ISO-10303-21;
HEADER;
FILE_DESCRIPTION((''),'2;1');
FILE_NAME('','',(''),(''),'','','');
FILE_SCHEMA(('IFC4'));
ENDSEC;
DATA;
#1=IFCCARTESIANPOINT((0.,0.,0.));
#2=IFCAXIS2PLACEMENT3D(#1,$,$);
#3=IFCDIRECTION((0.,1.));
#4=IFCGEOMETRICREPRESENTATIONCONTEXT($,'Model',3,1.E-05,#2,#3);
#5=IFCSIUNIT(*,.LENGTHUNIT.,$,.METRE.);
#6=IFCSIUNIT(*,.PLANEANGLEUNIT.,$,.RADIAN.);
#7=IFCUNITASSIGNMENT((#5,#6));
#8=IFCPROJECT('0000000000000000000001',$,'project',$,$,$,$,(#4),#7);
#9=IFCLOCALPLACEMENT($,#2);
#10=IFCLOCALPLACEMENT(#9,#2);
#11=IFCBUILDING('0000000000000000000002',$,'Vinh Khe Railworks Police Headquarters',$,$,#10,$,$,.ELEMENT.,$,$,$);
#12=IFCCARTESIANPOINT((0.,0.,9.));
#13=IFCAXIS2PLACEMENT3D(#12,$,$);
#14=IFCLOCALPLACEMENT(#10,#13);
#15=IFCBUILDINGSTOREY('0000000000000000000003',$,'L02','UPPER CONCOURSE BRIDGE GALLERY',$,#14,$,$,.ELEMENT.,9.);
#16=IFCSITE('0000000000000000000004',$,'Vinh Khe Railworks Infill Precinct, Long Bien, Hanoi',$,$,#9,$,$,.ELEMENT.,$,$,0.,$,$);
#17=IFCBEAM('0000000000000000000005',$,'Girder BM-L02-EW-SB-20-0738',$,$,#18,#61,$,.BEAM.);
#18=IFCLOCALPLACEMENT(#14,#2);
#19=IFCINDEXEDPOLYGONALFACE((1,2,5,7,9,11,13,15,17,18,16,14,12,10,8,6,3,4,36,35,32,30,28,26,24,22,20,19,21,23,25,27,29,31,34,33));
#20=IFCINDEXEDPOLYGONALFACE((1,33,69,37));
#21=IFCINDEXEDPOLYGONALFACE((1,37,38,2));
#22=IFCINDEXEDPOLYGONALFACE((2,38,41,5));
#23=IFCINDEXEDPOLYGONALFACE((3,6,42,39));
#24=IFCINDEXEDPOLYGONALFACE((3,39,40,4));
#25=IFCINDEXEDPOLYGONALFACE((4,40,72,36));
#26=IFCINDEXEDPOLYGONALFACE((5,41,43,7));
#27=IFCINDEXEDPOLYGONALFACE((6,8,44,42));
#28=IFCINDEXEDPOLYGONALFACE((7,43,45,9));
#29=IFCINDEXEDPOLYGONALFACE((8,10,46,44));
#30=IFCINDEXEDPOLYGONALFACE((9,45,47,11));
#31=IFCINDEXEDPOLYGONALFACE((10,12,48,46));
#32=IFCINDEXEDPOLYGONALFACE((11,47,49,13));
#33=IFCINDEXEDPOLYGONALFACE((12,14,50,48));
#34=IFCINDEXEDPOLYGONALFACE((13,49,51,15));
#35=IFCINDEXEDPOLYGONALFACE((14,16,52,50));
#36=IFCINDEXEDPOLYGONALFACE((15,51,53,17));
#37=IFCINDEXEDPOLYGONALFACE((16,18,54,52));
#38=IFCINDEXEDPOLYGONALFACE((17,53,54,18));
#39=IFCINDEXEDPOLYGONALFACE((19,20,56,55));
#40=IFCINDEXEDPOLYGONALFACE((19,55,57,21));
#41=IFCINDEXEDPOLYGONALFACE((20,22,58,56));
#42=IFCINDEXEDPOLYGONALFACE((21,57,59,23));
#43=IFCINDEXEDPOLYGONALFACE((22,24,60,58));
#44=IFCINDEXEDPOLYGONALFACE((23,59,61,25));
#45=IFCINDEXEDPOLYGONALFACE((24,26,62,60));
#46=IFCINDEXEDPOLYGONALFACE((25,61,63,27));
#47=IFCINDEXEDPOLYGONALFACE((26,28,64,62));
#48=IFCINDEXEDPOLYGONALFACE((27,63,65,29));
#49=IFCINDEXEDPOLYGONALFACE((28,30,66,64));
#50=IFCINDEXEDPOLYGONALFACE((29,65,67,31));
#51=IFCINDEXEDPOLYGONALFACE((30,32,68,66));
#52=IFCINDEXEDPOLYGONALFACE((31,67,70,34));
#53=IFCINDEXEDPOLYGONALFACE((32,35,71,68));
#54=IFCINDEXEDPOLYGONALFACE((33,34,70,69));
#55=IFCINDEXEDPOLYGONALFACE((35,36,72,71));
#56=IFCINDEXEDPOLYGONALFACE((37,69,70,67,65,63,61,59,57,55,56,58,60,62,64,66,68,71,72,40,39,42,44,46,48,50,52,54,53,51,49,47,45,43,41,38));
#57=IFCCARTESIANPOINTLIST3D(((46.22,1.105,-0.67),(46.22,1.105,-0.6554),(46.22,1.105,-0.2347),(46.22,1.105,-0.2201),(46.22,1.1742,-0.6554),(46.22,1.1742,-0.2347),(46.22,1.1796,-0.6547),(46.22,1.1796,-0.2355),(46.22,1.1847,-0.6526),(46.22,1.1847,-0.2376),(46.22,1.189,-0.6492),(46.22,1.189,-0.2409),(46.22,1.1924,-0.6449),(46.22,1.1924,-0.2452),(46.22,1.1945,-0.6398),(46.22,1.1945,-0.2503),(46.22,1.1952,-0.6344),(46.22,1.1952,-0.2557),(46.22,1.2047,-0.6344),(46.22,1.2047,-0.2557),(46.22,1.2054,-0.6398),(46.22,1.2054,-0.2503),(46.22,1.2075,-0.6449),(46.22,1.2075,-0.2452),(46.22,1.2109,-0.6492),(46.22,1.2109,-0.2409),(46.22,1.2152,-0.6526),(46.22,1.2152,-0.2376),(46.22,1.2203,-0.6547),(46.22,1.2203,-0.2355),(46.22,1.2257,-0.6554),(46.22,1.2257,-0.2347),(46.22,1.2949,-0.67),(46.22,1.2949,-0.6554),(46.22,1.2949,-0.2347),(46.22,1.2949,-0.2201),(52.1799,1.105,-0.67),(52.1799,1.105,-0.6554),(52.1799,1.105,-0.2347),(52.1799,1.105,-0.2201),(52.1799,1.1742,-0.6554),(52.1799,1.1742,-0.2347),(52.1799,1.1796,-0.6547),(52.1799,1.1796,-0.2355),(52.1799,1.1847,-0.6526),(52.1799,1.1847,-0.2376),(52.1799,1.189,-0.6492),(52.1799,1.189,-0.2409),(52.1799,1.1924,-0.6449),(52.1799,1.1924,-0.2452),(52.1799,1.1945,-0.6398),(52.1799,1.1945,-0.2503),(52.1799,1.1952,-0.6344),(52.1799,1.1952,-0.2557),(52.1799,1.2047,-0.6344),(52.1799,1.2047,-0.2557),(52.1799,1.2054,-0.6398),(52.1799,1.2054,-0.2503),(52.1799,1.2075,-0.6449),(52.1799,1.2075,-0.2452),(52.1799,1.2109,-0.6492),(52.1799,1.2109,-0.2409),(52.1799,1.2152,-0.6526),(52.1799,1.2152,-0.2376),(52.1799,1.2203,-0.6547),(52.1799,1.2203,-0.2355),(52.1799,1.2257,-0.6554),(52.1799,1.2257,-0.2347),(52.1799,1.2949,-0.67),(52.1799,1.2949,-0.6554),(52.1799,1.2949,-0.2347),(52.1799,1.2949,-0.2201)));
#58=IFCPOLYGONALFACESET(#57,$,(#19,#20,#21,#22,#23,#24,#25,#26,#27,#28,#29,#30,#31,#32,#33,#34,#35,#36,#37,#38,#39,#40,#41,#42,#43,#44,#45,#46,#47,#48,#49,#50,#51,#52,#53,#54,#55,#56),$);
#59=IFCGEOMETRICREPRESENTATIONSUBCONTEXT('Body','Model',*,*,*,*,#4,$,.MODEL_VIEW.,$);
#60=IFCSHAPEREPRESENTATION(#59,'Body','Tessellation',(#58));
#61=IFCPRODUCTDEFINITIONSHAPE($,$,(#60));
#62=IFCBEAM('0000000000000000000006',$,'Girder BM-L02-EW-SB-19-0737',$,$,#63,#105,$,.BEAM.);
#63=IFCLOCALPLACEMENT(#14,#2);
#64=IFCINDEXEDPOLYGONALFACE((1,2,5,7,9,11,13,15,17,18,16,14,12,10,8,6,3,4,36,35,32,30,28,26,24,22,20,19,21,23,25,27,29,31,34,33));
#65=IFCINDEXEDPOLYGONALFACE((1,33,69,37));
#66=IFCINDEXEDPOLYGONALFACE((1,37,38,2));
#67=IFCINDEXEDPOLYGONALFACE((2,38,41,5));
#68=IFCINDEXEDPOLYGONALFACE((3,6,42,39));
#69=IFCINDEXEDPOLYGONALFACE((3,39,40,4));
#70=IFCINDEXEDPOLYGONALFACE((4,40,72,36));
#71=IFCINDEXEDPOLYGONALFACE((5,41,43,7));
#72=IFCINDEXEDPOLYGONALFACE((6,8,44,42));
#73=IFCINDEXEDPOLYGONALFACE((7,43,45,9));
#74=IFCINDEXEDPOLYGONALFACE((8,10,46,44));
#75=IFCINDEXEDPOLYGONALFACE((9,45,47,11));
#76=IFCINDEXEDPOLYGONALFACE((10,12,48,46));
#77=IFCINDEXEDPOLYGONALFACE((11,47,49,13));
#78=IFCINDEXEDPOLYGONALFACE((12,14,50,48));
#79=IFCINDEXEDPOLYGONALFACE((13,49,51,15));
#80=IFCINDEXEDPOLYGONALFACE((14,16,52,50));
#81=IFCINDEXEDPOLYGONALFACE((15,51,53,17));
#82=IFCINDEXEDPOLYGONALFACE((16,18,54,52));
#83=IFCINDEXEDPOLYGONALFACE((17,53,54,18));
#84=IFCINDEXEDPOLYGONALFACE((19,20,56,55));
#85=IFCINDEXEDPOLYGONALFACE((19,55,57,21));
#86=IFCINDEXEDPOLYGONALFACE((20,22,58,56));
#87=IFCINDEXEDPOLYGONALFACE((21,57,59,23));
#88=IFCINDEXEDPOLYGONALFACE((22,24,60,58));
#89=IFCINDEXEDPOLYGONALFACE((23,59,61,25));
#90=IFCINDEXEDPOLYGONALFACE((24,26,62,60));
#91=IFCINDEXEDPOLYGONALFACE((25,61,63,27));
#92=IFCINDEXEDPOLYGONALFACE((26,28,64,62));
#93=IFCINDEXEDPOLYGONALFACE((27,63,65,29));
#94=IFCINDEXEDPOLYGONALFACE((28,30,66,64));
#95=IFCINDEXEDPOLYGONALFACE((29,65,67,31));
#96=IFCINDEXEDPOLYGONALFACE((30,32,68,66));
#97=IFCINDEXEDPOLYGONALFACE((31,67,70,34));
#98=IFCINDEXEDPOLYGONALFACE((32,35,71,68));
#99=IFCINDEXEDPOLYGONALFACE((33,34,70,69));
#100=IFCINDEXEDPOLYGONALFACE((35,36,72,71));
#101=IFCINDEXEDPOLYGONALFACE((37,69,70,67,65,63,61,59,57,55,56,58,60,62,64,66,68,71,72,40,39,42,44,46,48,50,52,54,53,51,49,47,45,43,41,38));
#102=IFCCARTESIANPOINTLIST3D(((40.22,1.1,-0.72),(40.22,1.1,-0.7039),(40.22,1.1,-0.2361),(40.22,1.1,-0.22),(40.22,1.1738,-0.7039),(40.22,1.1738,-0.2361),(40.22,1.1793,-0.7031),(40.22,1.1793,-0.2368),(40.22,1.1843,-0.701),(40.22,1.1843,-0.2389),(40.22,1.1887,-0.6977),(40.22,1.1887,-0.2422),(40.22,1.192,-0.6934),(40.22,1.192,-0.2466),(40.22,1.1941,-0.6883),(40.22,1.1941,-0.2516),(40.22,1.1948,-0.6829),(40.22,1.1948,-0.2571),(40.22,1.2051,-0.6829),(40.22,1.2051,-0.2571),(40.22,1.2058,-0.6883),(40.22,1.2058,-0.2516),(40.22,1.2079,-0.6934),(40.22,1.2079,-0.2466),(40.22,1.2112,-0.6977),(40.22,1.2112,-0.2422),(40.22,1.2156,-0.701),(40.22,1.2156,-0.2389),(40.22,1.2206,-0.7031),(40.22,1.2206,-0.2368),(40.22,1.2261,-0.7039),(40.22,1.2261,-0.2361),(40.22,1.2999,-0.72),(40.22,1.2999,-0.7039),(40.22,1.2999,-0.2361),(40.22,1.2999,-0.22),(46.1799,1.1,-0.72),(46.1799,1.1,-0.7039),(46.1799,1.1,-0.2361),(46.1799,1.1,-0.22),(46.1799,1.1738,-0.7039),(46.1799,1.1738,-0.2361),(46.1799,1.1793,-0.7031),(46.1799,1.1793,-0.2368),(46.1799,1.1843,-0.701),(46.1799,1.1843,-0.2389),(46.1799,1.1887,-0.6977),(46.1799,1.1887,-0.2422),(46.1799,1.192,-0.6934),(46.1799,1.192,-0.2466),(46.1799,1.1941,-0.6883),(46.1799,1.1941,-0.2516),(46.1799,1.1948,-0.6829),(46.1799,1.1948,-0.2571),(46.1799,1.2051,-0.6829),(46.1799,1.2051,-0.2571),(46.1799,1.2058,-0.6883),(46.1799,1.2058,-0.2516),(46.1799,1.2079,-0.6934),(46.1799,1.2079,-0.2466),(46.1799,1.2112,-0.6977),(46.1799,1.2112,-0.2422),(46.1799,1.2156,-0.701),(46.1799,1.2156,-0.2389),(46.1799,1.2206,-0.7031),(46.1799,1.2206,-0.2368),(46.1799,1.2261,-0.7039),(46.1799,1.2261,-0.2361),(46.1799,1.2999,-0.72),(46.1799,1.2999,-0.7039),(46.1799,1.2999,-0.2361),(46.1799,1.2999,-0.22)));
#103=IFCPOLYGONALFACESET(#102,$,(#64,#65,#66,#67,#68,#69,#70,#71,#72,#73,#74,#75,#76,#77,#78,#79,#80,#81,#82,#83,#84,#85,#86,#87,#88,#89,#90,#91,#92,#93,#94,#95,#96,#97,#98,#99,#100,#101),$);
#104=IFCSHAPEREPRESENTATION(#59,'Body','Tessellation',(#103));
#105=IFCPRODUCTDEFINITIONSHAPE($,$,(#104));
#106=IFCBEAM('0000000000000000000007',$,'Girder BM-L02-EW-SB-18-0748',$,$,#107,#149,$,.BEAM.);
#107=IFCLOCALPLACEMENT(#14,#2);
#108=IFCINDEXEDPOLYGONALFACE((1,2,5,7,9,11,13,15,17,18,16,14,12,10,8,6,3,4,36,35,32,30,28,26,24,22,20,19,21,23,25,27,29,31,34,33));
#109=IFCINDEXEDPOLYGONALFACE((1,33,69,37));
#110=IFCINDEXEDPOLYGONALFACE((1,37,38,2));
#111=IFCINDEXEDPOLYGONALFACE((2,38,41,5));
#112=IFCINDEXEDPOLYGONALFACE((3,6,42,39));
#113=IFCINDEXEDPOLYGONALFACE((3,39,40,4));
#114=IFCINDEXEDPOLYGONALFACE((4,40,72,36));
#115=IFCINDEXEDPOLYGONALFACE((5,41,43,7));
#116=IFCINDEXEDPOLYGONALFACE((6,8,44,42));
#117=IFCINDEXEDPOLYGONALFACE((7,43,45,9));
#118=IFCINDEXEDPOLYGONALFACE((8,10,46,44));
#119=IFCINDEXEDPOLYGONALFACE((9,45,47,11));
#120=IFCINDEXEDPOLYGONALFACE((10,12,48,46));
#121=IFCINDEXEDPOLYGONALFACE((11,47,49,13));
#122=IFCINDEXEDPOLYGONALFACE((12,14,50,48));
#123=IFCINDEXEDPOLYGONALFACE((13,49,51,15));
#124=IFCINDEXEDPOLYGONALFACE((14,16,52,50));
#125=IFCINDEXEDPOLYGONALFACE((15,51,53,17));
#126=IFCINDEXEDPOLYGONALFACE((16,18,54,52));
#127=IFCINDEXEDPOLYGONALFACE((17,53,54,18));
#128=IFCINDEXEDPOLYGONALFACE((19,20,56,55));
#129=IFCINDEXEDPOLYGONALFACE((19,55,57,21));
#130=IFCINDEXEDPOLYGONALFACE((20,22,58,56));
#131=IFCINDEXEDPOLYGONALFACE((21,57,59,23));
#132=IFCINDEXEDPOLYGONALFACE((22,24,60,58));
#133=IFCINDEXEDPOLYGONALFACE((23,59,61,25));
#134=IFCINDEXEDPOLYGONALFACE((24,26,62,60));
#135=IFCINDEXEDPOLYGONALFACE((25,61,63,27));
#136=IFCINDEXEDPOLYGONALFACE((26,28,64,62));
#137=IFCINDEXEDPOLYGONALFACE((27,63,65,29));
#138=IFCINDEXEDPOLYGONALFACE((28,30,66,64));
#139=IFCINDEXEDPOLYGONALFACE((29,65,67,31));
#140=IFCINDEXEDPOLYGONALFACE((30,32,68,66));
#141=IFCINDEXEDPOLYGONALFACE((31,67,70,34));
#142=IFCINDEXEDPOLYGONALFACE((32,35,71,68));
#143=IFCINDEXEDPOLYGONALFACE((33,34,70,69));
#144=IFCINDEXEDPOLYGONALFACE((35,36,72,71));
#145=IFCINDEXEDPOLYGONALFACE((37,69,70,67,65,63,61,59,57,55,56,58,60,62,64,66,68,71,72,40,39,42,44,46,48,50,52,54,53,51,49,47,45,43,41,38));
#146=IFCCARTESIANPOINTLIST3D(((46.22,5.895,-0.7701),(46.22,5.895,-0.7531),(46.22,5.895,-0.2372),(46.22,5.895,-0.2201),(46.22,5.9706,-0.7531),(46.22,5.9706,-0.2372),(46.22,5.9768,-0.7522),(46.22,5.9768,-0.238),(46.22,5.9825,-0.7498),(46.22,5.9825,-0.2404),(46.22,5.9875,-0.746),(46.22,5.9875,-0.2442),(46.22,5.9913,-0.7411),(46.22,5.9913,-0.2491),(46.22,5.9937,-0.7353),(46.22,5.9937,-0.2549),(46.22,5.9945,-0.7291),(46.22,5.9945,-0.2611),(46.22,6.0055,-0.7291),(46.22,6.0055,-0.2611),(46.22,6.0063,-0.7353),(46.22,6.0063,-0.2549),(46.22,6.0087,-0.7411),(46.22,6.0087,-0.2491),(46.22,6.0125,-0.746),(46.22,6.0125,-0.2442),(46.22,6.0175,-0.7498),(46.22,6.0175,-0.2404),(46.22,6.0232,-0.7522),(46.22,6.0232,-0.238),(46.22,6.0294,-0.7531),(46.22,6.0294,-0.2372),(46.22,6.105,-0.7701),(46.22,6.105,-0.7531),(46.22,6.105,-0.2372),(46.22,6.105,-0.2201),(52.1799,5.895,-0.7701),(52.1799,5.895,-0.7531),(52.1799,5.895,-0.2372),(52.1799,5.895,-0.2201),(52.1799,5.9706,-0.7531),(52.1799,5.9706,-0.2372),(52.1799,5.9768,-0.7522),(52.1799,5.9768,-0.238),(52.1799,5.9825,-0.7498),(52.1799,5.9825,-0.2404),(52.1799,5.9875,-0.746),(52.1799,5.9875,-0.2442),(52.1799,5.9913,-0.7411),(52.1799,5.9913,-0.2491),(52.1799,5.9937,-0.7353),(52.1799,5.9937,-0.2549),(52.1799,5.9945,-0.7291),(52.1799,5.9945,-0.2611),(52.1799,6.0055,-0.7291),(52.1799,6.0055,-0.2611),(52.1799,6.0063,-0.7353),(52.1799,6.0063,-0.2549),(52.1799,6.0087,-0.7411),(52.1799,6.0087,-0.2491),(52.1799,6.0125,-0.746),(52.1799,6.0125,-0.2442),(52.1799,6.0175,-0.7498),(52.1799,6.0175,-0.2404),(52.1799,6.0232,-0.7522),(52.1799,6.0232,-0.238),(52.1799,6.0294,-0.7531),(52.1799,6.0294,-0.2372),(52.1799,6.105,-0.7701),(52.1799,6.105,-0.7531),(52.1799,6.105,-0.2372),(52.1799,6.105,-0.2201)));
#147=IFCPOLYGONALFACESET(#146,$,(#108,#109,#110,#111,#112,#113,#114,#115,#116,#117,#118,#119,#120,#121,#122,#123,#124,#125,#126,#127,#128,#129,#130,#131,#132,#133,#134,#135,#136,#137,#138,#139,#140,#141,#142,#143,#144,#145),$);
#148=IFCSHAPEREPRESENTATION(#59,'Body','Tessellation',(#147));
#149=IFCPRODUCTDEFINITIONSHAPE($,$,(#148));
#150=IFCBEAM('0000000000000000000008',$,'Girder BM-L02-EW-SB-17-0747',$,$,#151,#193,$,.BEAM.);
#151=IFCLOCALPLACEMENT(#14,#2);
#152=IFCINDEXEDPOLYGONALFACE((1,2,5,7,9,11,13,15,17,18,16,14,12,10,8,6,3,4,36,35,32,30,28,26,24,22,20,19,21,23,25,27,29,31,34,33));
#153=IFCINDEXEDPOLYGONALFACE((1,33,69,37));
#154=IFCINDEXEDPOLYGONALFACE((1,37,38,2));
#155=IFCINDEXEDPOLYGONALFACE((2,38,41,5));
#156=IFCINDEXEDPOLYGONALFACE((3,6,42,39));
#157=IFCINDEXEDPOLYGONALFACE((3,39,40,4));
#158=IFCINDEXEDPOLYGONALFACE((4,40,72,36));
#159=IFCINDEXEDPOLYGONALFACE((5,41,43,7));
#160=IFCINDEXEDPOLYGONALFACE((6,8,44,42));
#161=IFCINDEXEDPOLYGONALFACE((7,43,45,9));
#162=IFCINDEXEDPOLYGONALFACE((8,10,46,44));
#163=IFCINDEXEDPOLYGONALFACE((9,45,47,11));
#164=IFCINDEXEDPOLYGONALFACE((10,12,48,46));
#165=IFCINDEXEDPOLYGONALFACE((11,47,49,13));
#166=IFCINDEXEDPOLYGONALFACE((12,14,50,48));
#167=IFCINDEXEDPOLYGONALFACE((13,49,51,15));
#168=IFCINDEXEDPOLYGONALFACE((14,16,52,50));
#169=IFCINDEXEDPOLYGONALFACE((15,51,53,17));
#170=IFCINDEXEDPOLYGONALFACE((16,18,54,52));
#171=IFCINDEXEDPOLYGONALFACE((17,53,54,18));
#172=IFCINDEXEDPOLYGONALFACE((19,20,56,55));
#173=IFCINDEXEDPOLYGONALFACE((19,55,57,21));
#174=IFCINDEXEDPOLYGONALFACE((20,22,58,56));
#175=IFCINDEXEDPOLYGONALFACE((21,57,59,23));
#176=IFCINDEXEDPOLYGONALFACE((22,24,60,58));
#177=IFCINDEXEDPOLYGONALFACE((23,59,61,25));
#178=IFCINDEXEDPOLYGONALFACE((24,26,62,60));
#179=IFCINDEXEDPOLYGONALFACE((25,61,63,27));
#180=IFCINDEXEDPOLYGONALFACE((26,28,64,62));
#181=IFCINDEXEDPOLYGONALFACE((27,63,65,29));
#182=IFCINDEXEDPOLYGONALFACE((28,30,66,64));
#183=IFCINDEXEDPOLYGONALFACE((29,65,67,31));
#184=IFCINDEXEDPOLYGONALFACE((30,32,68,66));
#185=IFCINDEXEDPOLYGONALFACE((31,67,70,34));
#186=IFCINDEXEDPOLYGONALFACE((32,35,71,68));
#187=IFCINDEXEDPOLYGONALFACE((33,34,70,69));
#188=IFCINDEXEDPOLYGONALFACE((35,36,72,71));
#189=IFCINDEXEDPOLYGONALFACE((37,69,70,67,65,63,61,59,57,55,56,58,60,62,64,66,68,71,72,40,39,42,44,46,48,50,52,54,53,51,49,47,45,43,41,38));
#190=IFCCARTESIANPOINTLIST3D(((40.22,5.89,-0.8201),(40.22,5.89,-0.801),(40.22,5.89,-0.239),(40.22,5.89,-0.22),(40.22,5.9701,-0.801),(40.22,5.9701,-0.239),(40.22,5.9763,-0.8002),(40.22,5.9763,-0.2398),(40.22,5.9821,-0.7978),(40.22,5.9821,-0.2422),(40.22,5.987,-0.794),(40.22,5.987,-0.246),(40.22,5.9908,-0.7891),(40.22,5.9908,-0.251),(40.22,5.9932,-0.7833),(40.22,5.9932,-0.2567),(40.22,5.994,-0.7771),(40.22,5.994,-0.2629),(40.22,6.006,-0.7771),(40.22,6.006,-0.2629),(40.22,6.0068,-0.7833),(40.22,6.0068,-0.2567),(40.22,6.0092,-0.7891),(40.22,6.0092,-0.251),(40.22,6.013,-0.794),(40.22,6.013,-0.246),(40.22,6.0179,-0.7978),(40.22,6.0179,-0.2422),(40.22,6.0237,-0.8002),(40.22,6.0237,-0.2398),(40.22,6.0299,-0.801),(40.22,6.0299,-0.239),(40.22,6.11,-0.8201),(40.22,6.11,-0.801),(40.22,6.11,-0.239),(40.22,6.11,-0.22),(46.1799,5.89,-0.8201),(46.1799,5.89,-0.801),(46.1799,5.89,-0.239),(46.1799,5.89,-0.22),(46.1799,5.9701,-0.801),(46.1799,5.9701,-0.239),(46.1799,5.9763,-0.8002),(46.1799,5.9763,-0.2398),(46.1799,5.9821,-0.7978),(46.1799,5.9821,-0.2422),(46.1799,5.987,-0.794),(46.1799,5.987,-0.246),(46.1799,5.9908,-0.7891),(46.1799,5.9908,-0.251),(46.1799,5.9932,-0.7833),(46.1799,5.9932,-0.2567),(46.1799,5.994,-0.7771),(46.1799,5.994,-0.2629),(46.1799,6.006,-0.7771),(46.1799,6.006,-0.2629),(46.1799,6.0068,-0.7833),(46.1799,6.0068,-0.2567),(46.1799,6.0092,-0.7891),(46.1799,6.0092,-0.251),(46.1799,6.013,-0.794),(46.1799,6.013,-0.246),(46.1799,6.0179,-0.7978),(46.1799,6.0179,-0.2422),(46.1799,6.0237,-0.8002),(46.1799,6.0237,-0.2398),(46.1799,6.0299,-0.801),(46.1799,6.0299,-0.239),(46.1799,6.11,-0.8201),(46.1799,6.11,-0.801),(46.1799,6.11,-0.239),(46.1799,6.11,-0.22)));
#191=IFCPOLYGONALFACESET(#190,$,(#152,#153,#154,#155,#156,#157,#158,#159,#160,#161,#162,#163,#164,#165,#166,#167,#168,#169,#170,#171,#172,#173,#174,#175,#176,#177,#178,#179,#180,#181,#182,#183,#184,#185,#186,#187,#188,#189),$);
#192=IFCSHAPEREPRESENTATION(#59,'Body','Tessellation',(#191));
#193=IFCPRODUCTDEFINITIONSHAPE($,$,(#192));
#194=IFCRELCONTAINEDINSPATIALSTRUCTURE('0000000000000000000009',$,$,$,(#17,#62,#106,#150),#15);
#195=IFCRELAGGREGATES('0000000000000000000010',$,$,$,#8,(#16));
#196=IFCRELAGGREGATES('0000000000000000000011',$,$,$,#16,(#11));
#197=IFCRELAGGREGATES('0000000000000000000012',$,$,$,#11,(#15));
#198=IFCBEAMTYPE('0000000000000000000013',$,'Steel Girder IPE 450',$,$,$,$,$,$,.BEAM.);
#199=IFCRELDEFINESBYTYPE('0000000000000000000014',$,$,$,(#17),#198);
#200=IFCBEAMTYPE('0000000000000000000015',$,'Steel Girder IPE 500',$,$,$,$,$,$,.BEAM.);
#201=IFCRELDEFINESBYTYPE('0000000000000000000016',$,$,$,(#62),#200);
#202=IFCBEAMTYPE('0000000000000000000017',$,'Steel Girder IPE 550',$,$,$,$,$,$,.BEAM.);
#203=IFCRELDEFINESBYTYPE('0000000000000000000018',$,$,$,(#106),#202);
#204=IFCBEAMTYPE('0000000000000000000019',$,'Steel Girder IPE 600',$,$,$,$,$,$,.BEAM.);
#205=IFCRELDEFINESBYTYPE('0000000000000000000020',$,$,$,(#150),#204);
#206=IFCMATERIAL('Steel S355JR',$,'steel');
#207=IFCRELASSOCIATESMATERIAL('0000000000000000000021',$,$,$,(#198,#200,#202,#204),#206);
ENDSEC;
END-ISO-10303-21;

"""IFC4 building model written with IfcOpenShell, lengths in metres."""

from ifc_helpers import new_model, si_unit, direction, frame, origin, origin_2d, place, context, subcontext, project, spatial, i_section, extrude, material, material_profile, profile_set, type_object, element, save


model = new_model("IFC4")

# Units and contexts
model_context = context("Model", 3, precision=1e-05, world=origin(), true_north=direction((0.0, 1.0)))
body_context = subcontext(model_context, "Body", "Model", "MODEL_VIEW")
ifc_project = project(units=[si_unit("LENGTHUNIT", "METRE"), si_unit("PLANEANGLEUNIT", "RADIAN")], contexts=[model_context])

# Site, building, storey
site_placement = place(None, origin())
site = spatial("IfcSite", under=ifc_project, at=site_placement, Name="Vinh Khe Railworks Infill Precinct, Long Bien, Hanoi", CompositionType="ELEMENT", RefElevation=0.0)
building_placement = place(site_placement, origin())
building = spatial("IfcBuilding", under=site, at=building_placement, Name="Vinh Khe Railworks Police Headquarters", CompositionType="ELEMENT")
storey_placement = place(building_placement, frame((0.0, 0.0, 9.0)))
storey = spatial("IfcBuildingStorey", under=building, at=storey_placement, Name="L02", Description="UPPER CONCOURSE BRIDGE GALLERY", CompositionType="ELEMENT", Elevation=9.0)

# Shared definitions
ifc_material_1 = material(Name="Steel S355JR", Category="steel")

# Beams
ifc_material_profile_1 = material_profile(ifc_material_1, i_section(OverallWidth=0.1899, OverallDepth=0.45, WebThickness=0.0095, FlangeThickness=0.0146, FilletRadius=0.021, at=origin_2d()), Name="IPE 450")
ifc_profile_set_1 = profile_set([ifc_material_profile_1], Name="Steel S355JR")
beam_type_1 = type_object("IfcBeamType", Name="Steel Girder IPE 450", PredefinedType="BEAM", material=ifc_profile_set_1)
beam_1_placement = place(storey_placement, frame((46.22, 1.2, -0.4451), z_axis=(1.0, 0.0, 0.0), x_axis=(0.0, 1.0, 0.0)))
element("IfcBeam", 1, at=beam_1_placement, inside=storey, type_object=beam_type_1, Name="Girder BM-L02-EW-SB-20-0738", PredefinedType="BEAM", context=body_context, shape_type="SweptSolid", body=[
    extrude(i_section(OverallWidth=0.1899, OverallDepth=0.45, WebThickness=0.0095, FlangeThickness=0.0146, FilletRadius=0.021, at=origin_2d()), origin(), (0.0, 0.0, 1.0), 5.96),
])
ifc_material_profile_2 = material_profile(ifc_material_1, i_section(OverallWidth=0.2, OverallDepth=0.5, WebThickness=0.0103, FlangeThickness=0.0161, FilletRadius=0.021, at=origin_2d()), Name="IPE 500")
ifc_profile_set_2 = profile_set([ifc_material_profile_2], Name="Steel S355JR")
beam_type_2 = type_object("IfcBeamType", Name="Steel Girder IPE 500", PredefinedType="BEAM", material=ifc_profile_set_2)
beam_2_placement = place(storey_placement, frame((40.22, 1.2, -0.47), z_axis=(1.0, 0.0, 0.0), x_axis=(0.0, 1.0, 0.0)))
element("IfcBeam", 2, at=beam_2_placement, inside=storey, type_object=beam_type_2, Name="Girder BM-L02-EW-SB-19-0737", PredefinedType="BEAM", context=body_context, shape_type="SweptSolid", body=[
    extrude(i_section(OverallWidth=0.2, OverallDepth=0.5, WebThickness=0.0103, FlangeThickness=0.0161, FilletRadius=0.021, at=origin_2d()), origin(), (0.0, 0.0, 1.0), 5.96),
])
ifc_material_profile_3 = material_profile(ifc_material_1, i_section(OverallWidth=0.21, OverallDepth=0.55, WebThickness=0.011, FlangeThickness=0.0171, FilletRadius=0.0239, at=origin_2d()), Name="IPE 550")
ifc_profile_set_3 = profile_set([ifc_material_profile_3], Name="Steel S355JR")
beam_type_3 = type_object("IfcBeamType", Name="Steel Girder IPE 550", PredefinedType="BEAM", material=ifc_profile_set_3)
beam_3_placement = place(storey_placement, frame((46.22, 6.0, -0.4951), z_axis=(1.0, 0.0, 0.0), x_axis=(0.0, 1.0, 0.0)))
element("IfcBeam", 3, at=beam_3_placement, inside=storey, type_object=beam_type_3, Name="Girder BM-L02-EW-SB-18-0748", PredefinedType="BEAM", context=body_context, shape_type="SweptSolid", body=[
    extrude(i_section(OverallWidth=0.21, OverallDepth=0.55, WebThickness=0.011, FlangeThickness=0.0171, FilletRadius=0.0239, at=origin_2d()), origin(), (0.0, 0.0, 1.0), 5.96),
])
ifc_material_profile_4 = material_profile(ifc_material_1, i_section(OverallWidth=0.22, OverallDepth=0.6001, WebThickness=0.012, FlangeThickness=0.019, FilletRadius=0.0239, at=origin_2d()), Name="IPE 600")
ifc_profile_set_4 = profile_set([ifc_material_profile_4], Name="Steel S355JR")
beam_type_4 = type_object("IfcBeamType", Name="Steel Girder IPE 600", PredefinedType="BEAM", material=ifc_profile_set_4)
beam_4_placement = place(storey_placement, frame((40.22, 6.0, -0.52), z_axis=(1.0, 0.0, 0.0), x_axis=(0.0, 1.0, 0.0)))
element("IfcBeam", 4, at=beam_4_placement, inside=storey, type_object=beam_type_4, Name="Girder BM-L02-EW-SB-17-0747", PredefinedType="BEAM", context=body_context, shape_type="SweptSolid", body=[
    extrude(i_section(OverallWidth=0.22, OverallDepth=0.6001, WebThickness=0.012, FlangeThickness=0.019, FilletRadius=0.0239, at=origin_2d()), origin(), (0.0, 0.0, 1.0), 5.96),
])

save(model, "model.ifc")
